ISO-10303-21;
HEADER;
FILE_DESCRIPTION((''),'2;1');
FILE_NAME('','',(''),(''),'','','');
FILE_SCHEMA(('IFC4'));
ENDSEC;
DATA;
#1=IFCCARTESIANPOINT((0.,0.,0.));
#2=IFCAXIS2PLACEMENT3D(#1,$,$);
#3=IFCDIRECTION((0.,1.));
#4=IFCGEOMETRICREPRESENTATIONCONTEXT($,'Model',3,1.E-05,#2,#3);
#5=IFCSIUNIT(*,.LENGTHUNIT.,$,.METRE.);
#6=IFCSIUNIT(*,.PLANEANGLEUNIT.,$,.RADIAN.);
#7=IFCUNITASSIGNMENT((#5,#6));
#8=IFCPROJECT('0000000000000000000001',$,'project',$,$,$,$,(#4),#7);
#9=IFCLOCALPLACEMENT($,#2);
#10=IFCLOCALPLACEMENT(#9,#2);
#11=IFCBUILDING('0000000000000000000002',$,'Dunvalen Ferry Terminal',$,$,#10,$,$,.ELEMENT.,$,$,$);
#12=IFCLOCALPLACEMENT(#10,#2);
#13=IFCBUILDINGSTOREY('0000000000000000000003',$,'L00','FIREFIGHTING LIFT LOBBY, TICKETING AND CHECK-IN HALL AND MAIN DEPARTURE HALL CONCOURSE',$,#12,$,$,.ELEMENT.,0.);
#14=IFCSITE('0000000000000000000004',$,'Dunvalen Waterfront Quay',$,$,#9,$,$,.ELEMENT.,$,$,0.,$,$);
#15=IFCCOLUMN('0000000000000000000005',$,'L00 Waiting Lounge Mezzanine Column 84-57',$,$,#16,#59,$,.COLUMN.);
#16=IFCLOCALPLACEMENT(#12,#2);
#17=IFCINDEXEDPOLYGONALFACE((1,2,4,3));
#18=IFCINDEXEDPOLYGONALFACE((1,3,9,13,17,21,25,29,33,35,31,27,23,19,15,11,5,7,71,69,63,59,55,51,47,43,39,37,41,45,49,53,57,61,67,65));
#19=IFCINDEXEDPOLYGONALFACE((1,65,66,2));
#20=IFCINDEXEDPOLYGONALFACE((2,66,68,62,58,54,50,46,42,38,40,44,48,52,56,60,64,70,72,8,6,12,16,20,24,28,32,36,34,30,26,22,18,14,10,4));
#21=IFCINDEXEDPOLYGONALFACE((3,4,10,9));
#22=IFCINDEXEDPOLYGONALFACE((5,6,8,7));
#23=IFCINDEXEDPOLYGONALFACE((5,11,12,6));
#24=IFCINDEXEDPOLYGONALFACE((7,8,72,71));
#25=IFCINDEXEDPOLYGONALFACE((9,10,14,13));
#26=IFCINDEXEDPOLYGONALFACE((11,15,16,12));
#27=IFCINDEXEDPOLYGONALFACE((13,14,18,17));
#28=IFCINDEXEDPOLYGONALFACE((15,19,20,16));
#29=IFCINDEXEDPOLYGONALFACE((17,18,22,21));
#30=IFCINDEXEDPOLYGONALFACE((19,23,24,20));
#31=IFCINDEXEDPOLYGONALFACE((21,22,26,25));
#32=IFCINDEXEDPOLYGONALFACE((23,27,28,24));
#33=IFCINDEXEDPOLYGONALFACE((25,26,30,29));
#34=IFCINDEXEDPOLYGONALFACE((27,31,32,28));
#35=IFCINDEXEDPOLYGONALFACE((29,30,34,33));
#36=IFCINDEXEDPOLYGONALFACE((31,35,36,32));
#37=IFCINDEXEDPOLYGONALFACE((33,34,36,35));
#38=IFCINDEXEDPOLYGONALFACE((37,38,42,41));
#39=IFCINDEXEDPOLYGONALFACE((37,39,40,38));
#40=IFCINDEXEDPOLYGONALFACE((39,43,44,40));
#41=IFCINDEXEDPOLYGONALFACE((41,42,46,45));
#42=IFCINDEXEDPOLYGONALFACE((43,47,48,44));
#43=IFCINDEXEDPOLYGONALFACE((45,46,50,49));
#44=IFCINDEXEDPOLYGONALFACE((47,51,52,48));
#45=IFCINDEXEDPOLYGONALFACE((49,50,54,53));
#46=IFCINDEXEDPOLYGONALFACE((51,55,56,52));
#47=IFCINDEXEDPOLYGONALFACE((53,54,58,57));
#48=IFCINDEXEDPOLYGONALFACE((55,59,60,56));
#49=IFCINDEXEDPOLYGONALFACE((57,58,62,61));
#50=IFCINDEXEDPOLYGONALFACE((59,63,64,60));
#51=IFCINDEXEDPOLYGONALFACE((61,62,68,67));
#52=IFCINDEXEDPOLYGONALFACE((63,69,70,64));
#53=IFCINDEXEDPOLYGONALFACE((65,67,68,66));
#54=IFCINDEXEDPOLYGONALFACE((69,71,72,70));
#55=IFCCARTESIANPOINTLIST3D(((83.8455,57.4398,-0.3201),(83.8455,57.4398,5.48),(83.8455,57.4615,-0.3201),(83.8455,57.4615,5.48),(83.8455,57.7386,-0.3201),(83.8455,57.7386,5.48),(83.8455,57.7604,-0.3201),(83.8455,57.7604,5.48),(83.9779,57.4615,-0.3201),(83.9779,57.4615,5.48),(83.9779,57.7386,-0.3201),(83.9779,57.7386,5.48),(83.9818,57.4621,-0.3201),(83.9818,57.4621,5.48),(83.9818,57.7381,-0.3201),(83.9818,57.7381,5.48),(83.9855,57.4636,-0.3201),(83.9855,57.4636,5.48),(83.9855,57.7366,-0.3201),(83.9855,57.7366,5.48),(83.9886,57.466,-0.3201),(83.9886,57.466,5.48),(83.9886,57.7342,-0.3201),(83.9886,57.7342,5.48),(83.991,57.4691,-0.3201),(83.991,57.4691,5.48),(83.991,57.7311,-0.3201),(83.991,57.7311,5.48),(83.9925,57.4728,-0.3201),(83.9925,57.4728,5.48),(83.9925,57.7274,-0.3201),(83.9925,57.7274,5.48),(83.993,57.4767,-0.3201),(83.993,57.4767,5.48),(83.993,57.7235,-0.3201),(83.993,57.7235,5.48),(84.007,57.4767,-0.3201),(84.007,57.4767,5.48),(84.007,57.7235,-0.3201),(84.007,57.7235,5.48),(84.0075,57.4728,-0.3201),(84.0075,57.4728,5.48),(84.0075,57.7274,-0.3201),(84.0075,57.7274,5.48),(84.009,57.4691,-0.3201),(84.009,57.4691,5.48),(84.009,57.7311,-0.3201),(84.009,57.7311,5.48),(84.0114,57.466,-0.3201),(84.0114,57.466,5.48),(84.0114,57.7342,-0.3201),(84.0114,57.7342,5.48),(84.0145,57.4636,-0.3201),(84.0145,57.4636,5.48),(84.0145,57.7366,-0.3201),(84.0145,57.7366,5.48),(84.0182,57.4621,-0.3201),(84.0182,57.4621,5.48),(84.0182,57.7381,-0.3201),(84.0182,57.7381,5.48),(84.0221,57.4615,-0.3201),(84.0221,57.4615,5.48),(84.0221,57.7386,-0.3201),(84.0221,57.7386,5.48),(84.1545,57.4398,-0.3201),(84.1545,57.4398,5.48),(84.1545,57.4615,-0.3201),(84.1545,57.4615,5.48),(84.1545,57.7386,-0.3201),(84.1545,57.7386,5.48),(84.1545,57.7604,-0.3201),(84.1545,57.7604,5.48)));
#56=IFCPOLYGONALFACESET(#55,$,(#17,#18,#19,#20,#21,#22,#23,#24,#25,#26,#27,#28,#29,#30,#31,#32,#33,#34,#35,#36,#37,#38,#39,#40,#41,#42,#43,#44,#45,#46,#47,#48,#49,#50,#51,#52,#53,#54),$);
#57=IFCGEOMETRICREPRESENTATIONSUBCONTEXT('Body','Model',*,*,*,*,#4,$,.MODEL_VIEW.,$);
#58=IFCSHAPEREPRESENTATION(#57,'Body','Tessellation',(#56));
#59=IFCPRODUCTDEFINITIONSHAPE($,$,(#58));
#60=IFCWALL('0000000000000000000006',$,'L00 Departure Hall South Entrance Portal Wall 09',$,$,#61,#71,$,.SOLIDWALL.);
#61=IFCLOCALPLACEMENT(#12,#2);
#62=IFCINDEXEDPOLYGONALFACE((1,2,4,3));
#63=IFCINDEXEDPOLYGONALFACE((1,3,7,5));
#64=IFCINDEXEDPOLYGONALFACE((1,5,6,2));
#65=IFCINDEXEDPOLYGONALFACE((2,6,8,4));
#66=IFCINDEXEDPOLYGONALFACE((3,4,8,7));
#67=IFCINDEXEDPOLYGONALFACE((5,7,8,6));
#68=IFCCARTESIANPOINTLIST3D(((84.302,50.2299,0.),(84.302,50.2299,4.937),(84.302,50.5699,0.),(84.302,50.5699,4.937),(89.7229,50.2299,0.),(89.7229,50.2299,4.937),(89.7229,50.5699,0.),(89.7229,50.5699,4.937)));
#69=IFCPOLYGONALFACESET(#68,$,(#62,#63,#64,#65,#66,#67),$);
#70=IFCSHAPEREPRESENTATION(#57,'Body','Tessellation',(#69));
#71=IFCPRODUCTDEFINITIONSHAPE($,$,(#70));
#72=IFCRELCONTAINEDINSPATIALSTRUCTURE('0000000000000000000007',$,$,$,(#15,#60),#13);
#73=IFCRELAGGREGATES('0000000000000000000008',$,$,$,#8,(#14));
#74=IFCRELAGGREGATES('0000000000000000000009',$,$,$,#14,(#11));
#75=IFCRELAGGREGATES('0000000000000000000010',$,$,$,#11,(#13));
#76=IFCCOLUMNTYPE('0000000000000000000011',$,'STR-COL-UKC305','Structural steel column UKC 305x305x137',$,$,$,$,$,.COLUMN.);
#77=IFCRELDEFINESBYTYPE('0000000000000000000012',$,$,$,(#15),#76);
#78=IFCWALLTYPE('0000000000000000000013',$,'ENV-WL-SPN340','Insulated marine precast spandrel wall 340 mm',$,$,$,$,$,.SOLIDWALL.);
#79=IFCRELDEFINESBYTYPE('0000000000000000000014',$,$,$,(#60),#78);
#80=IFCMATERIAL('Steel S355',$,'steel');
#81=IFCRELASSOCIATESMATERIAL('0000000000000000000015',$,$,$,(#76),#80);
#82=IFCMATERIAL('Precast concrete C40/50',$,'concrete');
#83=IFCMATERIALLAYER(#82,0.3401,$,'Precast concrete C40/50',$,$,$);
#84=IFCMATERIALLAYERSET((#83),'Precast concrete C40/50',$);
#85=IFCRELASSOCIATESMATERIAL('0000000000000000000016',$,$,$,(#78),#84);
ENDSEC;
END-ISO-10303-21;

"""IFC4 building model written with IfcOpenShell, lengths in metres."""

from ifc_helpers import new_model, si_unit, direction, frame, frame_2d, origin, origin_2d, place, context, subcontext, project, spatial, rectangle, i_section, extrude, material, layer, layer_set, material_profile, profile_set, type_object, element, save


model = new_model("IFC4")

# Units and contexts
model_context = context("Model", 3, precision=1e-05, world=origin(), true_north=direction((0.0, 1.0)))
body_context = subcontext(model_context, "Body", "Model", "MODEL_VIEW")
ifc_project = project(units=[si_unit("LENGTHUNIT", "METRE"), si_unit("PLANEANGLEUNIT", "RADIAN")], contexts=[model_context])

# Site, building, storey
site_placement = place(None, origin())
site = spatial("IfcSite", under=ifc_project, at=site_placement, Name="Dunvalen Waterfront Quay", CompositionType="ELEMENT", RefElevation=0.0)
building_placement = place(site_placement, origin())
building = spatial("IfcBuilding", under=site, at=building_placement, Name="Dunvalen Ferry Terminal", CompositionType="ELEMENT")
storey_placement = place(building_placement, origin())
storey = spatial("IfcBuildingStorey", under=building, at=storey_placement, Name="L00", Description="FIREFIGHTING LIFT LOBBY, TICKETING AND CHECK-IN HALL AND MAIN DEPARTURE HALL CONCOURSE", CompositionType="ELEMENT", Elevation=0.0)

# Column
ifc_material_1 = material(Name="Steel S355", Category="steel")
ifc_material_profile_1 = material_profile(ifc_material_1, i_section(OverallWidth=0.3091, OverallDepth=0.3206, WebThickness=0.0139, FlangeThickness=0.0217, FilletRadius=0.0151, at=origin_2d()), Name="Steel S355")
ifc_profile_set_1 = profile_set([ifc_material_profile_1], Name="Steel S355")
column_type_1 = type_object("IfcColumnType", Name="STR-COL-UKC305", Description="Structural steel column UKC 305x305x137", PredefinedType="COLUMN", material=ifc_profile_set_1)
column_1_placement = place(storey_placement, frame((84.0, 57.6001, -0.3201), z_axis=(0.0, 0.0, 1.0), x_axis=(1.0, 0.0, 0.0)))
element("IfcColumn", 1, at=column_1_placement, inside=storey, type_object=column_type_1, Name="L00 Waiting Lounge Mezzanine Column 84-57", PredefinedType="COLUMN", context=body_context, shape_type="SweptSolid", body=[
    extrude(i_section(OverallWidth=0.3091, OverallDepth=0.3206, WebThickness=0.0139, FlangeThickness=0.0217, FilletRadius=0.0151, at=origin_2d()), origin(), (0.0, 0.0, 1.0), 5.8),
])

# Wall
ifc_material_2 = material(Name="Precast concrete C40/50", Category="concrete")
ifc_layer = layer(ifc_material_2, 0.3401, Name="Precast concrete C40/50")
ifc_layer_set = layer_set([ifc_layer], Name="Precast concrete C40/50")
wall_type = type_object("IfcWallType", Name="ENV-WL-SPN340", Description="Insulated marine precast spandrel wall 340 mm", PredefinedType="SOLIDWALL", material=ifc_layer_set)
wall_placement = place(storey_placement, frame((84.302, 50.3999, 0.0), z_axis=(0.0, 0.0, 1.0), x_axis=(1.0, 0.0, 0.0)))
element("IfcWall", 2, at=wall_placement, inside=storey, type_object=wall_type, Name="L00 Departure Hall South Entrance Portal Wall 09", PredefinedType="SOLIDWALL", context=body_context, shape_type="SweptSolid", body=[
    extrude(rectangle(XDim=5.4209, YDim=0.3401, at=frame_2d((2.7104, 0.0))), origin(), (0.0, 0.0, 1.0), 4.937),
])

save(model, "model.ifc")
